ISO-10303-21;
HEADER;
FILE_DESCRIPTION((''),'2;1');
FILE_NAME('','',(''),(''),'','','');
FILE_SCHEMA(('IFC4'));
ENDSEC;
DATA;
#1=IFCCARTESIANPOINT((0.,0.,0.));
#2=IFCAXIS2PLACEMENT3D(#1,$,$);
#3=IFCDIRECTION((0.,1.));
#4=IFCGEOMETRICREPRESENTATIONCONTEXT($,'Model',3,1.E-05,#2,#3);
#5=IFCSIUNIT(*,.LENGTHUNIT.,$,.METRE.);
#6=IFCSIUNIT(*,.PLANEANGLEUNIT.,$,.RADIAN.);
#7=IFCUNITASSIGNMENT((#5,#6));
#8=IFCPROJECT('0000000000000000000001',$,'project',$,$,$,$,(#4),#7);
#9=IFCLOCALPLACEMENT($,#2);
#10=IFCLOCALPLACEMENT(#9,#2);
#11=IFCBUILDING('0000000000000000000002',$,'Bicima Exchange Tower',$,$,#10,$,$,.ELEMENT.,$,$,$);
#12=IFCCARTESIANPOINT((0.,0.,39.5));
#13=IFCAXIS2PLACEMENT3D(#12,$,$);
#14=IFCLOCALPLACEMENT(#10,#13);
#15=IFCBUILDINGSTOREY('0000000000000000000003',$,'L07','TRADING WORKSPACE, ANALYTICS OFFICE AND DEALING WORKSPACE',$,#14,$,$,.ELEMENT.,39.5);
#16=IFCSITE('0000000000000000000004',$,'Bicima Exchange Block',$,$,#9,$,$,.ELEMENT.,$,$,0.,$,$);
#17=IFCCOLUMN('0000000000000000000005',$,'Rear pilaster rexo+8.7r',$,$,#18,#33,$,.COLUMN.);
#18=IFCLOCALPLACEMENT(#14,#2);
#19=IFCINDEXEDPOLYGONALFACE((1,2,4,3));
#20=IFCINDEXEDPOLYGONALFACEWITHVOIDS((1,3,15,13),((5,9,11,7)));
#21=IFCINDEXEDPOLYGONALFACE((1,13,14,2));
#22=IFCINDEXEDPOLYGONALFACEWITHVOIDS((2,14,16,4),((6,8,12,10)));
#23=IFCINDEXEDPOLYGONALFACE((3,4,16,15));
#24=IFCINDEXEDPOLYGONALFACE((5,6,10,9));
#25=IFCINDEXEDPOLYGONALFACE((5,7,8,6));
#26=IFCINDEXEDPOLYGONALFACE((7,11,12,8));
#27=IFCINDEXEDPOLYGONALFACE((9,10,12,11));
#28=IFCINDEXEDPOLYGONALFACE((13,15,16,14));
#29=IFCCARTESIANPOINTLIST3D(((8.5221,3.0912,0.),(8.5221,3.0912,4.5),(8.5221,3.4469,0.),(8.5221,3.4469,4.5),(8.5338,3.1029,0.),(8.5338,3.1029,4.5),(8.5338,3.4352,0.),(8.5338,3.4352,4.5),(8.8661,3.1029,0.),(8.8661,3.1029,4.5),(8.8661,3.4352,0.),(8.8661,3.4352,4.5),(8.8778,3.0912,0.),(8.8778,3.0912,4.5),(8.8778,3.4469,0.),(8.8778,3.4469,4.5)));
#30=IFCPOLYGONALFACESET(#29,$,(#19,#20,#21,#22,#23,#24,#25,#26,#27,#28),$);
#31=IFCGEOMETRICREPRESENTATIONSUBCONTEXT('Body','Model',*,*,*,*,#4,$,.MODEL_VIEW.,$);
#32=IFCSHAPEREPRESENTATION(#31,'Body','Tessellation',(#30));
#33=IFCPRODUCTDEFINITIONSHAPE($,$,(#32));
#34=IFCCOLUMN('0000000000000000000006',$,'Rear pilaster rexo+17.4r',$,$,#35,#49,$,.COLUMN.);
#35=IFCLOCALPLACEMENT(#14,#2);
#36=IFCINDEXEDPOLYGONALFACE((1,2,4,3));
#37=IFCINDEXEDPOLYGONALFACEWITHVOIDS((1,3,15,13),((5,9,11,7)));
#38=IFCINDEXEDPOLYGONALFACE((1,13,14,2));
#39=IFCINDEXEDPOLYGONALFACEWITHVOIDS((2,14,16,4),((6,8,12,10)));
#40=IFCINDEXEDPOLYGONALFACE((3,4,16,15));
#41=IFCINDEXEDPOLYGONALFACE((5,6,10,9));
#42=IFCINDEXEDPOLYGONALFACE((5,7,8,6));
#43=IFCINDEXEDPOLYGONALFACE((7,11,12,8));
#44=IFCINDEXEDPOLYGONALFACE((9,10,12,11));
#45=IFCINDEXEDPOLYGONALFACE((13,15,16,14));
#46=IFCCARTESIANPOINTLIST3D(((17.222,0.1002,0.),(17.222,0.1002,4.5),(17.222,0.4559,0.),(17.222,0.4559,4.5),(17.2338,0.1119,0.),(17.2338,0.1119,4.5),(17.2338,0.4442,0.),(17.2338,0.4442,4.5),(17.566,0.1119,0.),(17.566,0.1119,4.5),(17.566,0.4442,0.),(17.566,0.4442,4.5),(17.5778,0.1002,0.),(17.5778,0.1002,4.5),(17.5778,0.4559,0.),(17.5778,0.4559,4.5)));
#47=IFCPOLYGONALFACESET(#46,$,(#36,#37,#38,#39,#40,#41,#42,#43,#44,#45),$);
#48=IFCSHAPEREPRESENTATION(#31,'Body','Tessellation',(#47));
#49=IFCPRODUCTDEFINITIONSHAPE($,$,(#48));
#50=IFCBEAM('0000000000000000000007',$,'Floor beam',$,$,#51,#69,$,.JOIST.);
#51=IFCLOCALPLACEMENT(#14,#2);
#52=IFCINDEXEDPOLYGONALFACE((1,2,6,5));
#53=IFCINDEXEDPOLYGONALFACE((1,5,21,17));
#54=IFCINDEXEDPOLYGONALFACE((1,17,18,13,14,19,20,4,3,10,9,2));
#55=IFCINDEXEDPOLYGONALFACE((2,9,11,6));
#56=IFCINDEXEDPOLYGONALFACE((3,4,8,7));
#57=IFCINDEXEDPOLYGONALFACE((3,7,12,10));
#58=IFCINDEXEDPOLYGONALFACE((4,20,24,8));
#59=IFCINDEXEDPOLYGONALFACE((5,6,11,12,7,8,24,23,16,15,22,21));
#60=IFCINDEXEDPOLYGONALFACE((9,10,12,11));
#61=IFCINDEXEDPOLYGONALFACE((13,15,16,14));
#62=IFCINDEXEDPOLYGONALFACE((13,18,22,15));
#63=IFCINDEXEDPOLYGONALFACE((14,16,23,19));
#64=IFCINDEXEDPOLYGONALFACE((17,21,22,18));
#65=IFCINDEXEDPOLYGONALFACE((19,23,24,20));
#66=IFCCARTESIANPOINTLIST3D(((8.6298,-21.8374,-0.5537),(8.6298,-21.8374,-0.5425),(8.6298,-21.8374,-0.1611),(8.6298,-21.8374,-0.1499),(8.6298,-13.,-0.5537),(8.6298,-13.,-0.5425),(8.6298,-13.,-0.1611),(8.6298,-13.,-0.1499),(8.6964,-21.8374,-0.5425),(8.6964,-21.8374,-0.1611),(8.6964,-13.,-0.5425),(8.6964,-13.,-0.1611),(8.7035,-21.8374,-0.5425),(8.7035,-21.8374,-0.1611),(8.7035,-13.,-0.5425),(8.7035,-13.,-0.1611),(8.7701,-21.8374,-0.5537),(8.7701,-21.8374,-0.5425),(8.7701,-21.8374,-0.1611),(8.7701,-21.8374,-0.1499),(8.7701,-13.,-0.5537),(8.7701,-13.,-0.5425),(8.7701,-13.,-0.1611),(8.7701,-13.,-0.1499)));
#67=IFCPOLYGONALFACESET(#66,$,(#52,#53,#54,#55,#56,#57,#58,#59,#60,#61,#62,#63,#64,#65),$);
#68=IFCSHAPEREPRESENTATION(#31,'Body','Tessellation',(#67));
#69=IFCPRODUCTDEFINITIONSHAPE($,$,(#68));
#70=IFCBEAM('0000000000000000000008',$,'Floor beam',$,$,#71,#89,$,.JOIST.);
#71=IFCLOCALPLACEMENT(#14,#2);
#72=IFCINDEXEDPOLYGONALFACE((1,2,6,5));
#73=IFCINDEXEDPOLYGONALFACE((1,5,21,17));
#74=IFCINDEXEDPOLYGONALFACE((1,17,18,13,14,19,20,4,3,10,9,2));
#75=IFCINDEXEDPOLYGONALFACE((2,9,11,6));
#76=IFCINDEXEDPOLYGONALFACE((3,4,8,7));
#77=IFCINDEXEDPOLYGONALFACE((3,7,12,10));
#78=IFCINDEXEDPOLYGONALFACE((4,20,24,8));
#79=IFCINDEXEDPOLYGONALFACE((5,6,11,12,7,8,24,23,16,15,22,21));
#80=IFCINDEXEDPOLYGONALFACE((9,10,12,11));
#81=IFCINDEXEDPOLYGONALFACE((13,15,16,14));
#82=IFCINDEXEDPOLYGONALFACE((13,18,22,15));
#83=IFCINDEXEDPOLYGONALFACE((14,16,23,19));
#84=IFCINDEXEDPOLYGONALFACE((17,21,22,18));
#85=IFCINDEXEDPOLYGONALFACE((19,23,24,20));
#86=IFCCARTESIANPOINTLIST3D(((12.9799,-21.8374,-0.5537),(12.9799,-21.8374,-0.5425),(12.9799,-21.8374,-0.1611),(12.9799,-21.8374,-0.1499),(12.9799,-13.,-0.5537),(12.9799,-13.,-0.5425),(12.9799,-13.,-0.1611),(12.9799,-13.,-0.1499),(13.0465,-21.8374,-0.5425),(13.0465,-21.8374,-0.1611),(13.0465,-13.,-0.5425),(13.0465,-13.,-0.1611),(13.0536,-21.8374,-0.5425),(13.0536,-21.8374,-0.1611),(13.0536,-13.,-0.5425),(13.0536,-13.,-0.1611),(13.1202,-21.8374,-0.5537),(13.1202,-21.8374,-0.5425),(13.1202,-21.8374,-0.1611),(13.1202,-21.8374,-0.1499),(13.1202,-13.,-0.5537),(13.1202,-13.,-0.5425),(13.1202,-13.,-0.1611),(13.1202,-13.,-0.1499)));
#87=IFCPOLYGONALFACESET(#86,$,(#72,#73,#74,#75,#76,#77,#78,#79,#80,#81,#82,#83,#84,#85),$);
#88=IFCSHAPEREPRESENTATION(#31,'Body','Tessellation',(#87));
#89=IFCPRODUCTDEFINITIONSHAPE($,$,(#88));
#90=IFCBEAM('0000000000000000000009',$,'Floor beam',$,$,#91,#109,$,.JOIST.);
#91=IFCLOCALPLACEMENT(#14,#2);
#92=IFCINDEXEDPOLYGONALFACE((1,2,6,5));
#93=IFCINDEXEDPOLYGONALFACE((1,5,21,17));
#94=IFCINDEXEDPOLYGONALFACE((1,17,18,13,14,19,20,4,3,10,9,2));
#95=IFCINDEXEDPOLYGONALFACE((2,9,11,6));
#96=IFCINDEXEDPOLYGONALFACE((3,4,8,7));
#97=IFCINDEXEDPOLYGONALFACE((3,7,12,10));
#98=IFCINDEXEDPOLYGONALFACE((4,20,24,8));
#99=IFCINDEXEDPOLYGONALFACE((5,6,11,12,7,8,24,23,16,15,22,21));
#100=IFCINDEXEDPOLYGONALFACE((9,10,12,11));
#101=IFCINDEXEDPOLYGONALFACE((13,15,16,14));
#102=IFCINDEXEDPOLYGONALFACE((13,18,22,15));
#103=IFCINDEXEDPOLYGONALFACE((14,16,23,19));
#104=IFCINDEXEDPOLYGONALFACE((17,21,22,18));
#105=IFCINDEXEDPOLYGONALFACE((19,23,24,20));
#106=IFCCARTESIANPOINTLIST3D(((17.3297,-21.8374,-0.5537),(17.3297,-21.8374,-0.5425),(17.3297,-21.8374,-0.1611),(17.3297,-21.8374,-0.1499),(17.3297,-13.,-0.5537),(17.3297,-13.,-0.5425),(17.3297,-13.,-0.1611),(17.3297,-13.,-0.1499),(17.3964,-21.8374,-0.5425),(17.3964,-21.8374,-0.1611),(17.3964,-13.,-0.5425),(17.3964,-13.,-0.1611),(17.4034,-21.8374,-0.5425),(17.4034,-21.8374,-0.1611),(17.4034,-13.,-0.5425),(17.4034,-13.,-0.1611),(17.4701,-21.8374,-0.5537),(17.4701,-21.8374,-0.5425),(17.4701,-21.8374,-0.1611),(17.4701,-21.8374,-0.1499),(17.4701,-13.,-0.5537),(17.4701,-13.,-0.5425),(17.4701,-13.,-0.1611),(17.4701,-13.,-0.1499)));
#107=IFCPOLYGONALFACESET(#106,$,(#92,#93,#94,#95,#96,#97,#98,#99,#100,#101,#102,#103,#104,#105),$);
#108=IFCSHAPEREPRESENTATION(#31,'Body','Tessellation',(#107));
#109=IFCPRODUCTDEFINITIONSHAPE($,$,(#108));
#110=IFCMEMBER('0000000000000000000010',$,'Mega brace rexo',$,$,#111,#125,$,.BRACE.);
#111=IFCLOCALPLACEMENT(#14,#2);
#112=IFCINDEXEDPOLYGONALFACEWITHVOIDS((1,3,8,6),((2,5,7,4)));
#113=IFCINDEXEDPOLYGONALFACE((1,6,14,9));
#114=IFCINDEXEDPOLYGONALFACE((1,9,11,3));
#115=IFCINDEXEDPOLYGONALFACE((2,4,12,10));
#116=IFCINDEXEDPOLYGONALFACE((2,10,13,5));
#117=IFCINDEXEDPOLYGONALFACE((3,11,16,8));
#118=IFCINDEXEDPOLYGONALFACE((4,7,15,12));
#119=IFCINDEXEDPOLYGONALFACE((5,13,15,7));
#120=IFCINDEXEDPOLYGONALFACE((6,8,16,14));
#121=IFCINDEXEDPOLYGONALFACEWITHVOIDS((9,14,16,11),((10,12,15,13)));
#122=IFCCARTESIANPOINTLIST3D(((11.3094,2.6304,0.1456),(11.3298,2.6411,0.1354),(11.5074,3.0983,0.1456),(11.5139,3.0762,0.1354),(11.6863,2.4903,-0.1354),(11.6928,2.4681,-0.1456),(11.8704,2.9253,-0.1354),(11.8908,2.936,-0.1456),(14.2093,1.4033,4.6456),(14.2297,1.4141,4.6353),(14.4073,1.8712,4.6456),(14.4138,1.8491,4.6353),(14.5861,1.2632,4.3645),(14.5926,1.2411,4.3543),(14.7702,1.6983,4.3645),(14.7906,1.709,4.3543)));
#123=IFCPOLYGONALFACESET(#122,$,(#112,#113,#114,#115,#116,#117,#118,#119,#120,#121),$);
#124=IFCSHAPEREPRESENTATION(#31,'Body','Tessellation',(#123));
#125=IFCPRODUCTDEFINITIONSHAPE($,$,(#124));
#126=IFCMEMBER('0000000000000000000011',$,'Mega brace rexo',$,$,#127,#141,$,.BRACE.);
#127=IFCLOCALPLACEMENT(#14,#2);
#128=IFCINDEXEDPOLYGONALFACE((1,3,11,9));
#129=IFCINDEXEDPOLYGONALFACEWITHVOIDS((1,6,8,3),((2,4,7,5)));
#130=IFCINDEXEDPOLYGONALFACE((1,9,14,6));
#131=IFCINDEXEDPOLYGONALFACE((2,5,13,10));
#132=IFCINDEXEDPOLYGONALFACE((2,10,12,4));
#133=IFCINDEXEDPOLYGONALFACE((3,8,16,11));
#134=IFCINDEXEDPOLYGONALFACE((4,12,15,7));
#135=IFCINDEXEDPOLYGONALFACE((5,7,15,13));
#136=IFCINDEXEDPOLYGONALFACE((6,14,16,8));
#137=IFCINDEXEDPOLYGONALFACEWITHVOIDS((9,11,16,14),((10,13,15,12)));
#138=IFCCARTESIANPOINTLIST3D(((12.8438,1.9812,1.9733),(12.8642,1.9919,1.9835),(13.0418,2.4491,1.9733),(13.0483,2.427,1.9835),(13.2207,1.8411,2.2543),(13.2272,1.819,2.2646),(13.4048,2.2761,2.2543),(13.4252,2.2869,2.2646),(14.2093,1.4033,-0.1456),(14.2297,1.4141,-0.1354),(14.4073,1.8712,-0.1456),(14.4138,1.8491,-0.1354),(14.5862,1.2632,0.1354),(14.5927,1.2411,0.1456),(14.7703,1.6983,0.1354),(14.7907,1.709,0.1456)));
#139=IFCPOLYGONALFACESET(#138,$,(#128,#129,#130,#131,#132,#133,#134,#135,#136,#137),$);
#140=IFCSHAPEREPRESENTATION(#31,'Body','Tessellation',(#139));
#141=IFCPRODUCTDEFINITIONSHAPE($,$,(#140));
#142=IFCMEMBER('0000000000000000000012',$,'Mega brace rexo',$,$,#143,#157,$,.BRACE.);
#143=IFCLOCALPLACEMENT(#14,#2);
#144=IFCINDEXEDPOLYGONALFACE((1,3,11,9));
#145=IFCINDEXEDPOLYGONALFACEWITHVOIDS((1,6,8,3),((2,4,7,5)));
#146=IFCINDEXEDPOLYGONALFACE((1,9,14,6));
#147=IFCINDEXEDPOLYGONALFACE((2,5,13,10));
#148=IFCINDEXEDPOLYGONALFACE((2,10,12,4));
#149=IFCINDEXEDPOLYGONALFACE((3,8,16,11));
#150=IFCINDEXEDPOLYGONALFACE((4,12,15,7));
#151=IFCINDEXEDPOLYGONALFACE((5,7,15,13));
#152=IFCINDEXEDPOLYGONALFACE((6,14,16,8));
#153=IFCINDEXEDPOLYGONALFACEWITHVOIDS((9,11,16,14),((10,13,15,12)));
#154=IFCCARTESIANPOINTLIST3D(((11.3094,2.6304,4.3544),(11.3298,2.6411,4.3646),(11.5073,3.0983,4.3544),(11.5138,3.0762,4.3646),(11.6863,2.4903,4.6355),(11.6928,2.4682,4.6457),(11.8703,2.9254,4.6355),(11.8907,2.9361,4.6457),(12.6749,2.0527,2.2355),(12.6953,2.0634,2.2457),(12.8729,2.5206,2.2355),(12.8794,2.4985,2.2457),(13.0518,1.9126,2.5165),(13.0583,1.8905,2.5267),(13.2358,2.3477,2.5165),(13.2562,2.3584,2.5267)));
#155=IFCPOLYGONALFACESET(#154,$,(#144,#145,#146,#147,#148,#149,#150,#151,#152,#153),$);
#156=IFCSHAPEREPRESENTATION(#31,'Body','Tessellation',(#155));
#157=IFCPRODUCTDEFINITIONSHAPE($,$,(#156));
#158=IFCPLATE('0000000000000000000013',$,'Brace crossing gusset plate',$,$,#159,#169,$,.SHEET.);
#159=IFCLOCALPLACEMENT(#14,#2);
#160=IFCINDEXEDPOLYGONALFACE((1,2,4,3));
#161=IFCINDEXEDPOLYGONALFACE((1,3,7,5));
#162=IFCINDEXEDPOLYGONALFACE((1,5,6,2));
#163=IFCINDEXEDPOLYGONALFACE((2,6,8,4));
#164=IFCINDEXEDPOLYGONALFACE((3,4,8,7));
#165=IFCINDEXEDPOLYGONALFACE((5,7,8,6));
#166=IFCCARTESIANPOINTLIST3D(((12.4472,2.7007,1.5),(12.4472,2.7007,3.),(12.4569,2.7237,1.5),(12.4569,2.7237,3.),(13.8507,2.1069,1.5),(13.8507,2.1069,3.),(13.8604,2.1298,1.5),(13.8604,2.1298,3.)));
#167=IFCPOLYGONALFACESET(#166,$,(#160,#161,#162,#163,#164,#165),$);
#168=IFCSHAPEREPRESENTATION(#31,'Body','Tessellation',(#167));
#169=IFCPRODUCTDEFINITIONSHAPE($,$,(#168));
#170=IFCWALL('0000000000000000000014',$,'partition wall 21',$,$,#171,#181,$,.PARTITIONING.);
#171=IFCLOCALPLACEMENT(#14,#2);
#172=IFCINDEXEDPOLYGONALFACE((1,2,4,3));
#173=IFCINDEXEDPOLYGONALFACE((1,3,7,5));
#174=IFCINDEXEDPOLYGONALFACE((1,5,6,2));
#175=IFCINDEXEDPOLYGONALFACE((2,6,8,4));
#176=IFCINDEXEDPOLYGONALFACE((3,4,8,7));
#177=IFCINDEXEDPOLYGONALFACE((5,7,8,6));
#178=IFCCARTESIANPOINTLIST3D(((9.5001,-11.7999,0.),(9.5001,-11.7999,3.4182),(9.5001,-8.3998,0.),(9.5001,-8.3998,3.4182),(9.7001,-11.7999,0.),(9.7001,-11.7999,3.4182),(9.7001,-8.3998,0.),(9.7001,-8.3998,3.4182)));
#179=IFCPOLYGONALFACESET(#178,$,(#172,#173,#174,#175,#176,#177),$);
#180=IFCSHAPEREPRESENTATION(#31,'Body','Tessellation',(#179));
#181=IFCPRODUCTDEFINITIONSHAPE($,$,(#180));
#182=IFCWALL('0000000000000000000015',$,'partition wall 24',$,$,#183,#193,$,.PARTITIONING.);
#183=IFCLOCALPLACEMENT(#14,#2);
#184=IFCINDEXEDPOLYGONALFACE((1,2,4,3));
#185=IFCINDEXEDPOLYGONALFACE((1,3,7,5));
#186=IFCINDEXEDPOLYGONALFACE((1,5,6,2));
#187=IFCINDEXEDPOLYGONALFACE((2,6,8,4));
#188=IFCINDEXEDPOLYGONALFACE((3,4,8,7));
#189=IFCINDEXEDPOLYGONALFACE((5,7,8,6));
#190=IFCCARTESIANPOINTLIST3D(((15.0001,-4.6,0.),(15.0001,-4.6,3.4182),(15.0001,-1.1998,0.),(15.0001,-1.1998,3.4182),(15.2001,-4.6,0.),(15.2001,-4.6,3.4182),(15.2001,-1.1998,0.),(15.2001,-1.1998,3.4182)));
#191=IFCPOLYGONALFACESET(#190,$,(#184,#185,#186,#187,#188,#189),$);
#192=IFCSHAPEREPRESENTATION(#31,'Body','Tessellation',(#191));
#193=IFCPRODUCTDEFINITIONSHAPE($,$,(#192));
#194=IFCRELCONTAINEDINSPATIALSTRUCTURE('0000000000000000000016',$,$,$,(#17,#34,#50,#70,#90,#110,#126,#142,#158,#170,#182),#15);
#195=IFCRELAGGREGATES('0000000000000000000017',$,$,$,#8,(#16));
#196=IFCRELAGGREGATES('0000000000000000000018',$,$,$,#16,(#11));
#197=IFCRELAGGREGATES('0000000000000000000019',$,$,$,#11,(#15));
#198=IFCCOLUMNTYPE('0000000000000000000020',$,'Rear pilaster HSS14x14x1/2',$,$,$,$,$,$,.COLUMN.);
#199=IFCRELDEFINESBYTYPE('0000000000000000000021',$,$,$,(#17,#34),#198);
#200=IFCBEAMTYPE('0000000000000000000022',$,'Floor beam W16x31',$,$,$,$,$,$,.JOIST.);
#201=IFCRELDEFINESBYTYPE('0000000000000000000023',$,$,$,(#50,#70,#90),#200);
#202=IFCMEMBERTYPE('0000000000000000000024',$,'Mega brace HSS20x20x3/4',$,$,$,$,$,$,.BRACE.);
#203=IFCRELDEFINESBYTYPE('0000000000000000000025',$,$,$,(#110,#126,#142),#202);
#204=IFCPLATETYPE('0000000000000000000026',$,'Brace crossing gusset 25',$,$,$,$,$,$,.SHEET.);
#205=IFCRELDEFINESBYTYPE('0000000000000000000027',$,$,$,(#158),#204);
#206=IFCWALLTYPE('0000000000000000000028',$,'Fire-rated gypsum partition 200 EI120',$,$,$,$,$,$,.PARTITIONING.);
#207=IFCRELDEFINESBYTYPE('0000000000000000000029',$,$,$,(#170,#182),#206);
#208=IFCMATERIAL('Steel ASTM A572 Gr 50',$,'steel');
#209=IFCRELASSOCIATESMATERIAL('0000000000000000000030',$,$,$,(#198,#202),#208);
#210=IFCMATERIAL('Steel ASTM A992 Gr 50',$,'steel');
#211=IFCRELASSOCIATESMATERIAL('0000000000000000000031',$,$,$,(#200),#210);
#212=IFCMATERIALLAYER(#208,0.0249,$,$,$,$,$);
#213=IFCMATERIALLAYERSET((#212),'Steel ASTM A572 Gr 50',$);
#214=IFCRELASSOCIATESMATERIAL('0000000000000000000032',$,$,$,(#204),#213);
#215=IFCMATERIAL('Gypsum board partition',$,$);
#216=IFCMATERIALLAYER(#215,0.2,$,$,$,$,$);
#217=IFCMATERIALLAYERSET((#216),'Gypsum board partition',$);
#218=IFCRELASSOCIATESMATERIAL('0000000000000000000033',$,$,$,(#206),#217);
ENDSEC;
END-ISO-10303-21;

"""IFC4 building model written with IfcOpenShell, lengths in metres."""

from ifc_helpers import new_model, si_unit, direction, frame, frame_2d, origin, origin_2d, place, context, subcontext, project, spatial, rectangle, hollow_rectangle, i_section, extrude, material, layer, layer_set, material_profile, profile_set, type_object, element, save


model = new_model("IFC4")

# Units and contexts
model_context = context("Model", 3, precision=1e-05, world=origin(), true_north=direction((0.0, 1.0)))
body_context = subcontext(model_context, "Body", "Model", "MODEL_VIEW")
ifc_project = project(units=[si_unit("LENGTHUNIT", "METRE"), si_unit("PLANEANGLEUNIT", "RADIAN")], contexts=[model_context])

# Site, building, storey
site_placement = place(None, origin())
site = spatial("IfcSite", under=ifc_project, at=site_placement, Name="Bicima Exchange Block", CompositionType="ELEMENT", RefElevation=0.0)
building_placement = place(site_placement, origin())
building = spatial("IfcBuilding", under=site, at=building_placement, Name="Bicima Exchange Tower", CompositionType="ELEMENT")
storey_placement = place(building_placement, frame((0.0, 0.0, 39.5)))
storey = spatial("IfcBuildingStorey", under=building, at=storey_placement, Name="L07", Description="TRADING WORKSPACE, ANALYTICS OFFICE AND DEALING WORKSPACE", CompositionType="ELEMENT", Elevation=39.5)

# Columns
ifc_material_1 = material(Name="Steel ASTM A572 Gr 50", Category="steel")
ifc_material_profile_1 = material_profile(ifc_material_1, hollow_rectangle(XDim=0.3557, YDim=0.3557, WallThickness=0.0117, at=origin_2d()))
ifc_profile_set_1 = profile_set([ifc_material_profile_1], Name="Steel ASTM A572 Gr 50")
column_type = type_object("IfcColumnType", Name="Rear pilaster HSS14x14x1/2", PredefinedType="COLUMN", material=ifc_profile_set_1)
for number, where, z_axis, x_axis, name in (
    (1, (8.7, 3.269, 0.0), (0.0, 0.0, 1.0), (1.0, 0.0, 0.0), "Rear pilaster rexo+8.7r"),
    (2, (17.3999, 0.2781, 0.0), (0.0, 0.0, 1.0), (1.0, 0.0, 0.0), "Rear pilaster rexo+17.4r"),
):
    element("IfcColumn", number, at=place(storey_placement, frame(where, z_axis=z_axis, x_axis=x_axis)), inside=storey, type_object=column_type, Name=name, PredefinedType="COLUMN", context=body_context, shape_type="SweptSolid", body=[
        extrude(hollow_rectangle(XDim=0.3557, YDim=0.3557, WallThickness=0.0117, at=origin_2d()), origin(), (0.0, 0.0, 1.0), 4.5),
    ])

# Beams
ifc_material_2 = material(Name="Steel ASTM A992 Gr 50", Category="steel")
ifc_material_profile_2 = material_profile(ifc_material_2, i_section(OverallWidth=0.1404, OverallDepth=0.4038, WebThickness=0.0071, FlangeThickness=0.0112, at=origin_2d()))
ifc_profile_set_2 = profile_set([ifc_material_profile_2], Name="Steel ASTM A992 Gr 50")
beam_type = type_object("IfcBeamType", Name="Floor beam W16x31", PredefinedType="JOIST", material=ifc_profile_set_2)
for number, where, z_axis, x_axis, name in (
    (3, (8.7, -13.0, -0.3518), (0.0, -1.0, 0.0), (1.0, 0.0, 0.0), "Floor beam"),
    (4, (13.05, -13.0, -0.3518), (0.0, -1.0, 0.0), (1.0, 0.0, 0.0), "Floor beam"),
    (5, (17.3999, -13.0, -0.3518), (0.0, -1.0, 0.0), (1.0, 0.0, 0.0), "Floor beam"),
):
    element("IfcBeam", number, at=place(storey_placement, frame(where, z_axis=z_axis, x_axis=x_axis)), inside=storey, type_object=beam_type, Name=name, PredefinedType="JOIST", context=body_context, shape_type="SweptSolid", body=[
        extrude(i_section(OverallWidth=0.1404, OverallDepth=0.4038, WebThickness=0.0071, FlangeThickness=0.0112, at=origin_2d()), origin(), (0.0, 0.0, 1.0), 8.8374),
    ])

# Members
ifc_material_profile_3 = material_profile(ifc_material_1, hollow_rectangle(XDim=0.5081, YDim=0.5081, WallThickness=0.0178, at=origin_2d()))
ifc_profile_set_3 = profile_set([ifc_material_profile_3], Name="Steel ASTM A572 Gr 50")
member_type = type_object("IfcMemberType", Name="Mega brace HSS20x20x3/4", PredefinedType="BRACE", material=ifc_profile_set_3)
member_placement = place(storey_placement, frame((11.6001, 2.7832, 0.0), z_axis=(0.527997, -0.223414, 0.819333), x_axis=(0.389686, 0.920948, 0.0)))
element("IfcMember", 6, at=member_placement, inside=storey, type_object=member_type, Name="Mega brace rexo", PredefinedType="BRACE", context=body_context, shape_type="SweptSolid", body=[
    extrude(hollow_rectangle(XDim=0.5081, YDim=0.5081, WallThickness=0.0178, at=origin_2d()), origin(), (0.0, 0.0, 1.0), 5.4922),
])
for number, where, z_axis, x_axis, name in (
    (7, (14.5, 1.5562, 0.0), (-0.527996, 0.223452, 0.819323), (-0.389742, -0.920924, 0.0), "Mega brace rexo"),
    (8, (12.9656, 2.2056, 2.3811), (-0.528007, 0.223362, 0.81934), (-0.389602, -0.920983, 0.0), "Mega brace rexo"),
):
    element("IfcMember", number, at=place(storey_placement, frame(where, z_axis=z_axis, x_axis=x_axis)), inside=storey, type_object=member_type, Name=name, PredefinedType="BRACE", context=body_context, shape_type="SweptSolid", body=[
        extrude(hollow_rectangle(XDim=0.5081, YDim=0.5081, WallThickness=0.0178, at=origin_2d()), origin(), (0.0, 0.0, 1.0), 2.5862),
    ])

# Plate
ifc_layer_1 = layer(ifc_material_1, 0.0249)
ifc_layer_set_1 = layer_set([ifc_layer_1], Name="Steel ASTM A572 Gr 50")
plate_type = type_object("IfcPlateType", Name="Brace crossing gusset 25", PredefinedType="SHEET", material=ifc_layer_set_1)
plate_placement = place(storey_placement, frame((13.1538, 2.4153, 1.5), z_axis=(0.0, 0.0, 1.0), x_axis=(0.920946, -0.38969, 0.0)))
element("IfcPlate", 9, at=plate_placement, inside=storey, type_object=plate_type, Name="Brace crossing gusset plate", PredefinedType="SHEET", context=body_context, shape_type="SweptSolid", body=[
    extrude(rectangle(XDim=1.5239, YDim=0.0249, at=origin_2d()), origin(), (0.0, 0.0, 1.0), 1.5),
])

# Walls
ifc_material_3 = material(Name="Gypsum board partition")
ifc_layer_2 = layer(ifc_material_3, 0.2)
ifc_layer_set_2 = layer_set([ifc_layer_2], Name="Gypsum board partition")
wall_type_1 = type_object("IfcWallType", Name="Fire-rated gypsum partition 200 EI120", PredefinedType="PARTITIONING", material=ifc_layer_set_2)
for number, where, z_axis, x_axis, name in (
    (10, (9.6001, -11.8, 0.0), (0.0, 0.0, 1.0), (0.0, 1.0, 0.0), "partition wall 21"),
    (11, (15.1001, -4.6001, 0.0), (0.0, 0.0, 1.0), (0.0, 1.0, 0.0), "partition wall 24"),
):
    element("IfcWall", number, at=place(storey_placement, frame(where, z_axis=z_axis, x_axis=x_axis)), inside=storey, type_object=wall_type_1, Name=name, PredefinedType="PARTITIONING", context=body_context, shape_type="SweptSolid", body=[
        extrude(rectangle(XDim=3.4001, YDim=0.2, at=frame_2d((1.7002, 0.0))), origin(), (0.0, 0.0, 1.0), 3.4182),
    ])

save(model, "model.ifc")
